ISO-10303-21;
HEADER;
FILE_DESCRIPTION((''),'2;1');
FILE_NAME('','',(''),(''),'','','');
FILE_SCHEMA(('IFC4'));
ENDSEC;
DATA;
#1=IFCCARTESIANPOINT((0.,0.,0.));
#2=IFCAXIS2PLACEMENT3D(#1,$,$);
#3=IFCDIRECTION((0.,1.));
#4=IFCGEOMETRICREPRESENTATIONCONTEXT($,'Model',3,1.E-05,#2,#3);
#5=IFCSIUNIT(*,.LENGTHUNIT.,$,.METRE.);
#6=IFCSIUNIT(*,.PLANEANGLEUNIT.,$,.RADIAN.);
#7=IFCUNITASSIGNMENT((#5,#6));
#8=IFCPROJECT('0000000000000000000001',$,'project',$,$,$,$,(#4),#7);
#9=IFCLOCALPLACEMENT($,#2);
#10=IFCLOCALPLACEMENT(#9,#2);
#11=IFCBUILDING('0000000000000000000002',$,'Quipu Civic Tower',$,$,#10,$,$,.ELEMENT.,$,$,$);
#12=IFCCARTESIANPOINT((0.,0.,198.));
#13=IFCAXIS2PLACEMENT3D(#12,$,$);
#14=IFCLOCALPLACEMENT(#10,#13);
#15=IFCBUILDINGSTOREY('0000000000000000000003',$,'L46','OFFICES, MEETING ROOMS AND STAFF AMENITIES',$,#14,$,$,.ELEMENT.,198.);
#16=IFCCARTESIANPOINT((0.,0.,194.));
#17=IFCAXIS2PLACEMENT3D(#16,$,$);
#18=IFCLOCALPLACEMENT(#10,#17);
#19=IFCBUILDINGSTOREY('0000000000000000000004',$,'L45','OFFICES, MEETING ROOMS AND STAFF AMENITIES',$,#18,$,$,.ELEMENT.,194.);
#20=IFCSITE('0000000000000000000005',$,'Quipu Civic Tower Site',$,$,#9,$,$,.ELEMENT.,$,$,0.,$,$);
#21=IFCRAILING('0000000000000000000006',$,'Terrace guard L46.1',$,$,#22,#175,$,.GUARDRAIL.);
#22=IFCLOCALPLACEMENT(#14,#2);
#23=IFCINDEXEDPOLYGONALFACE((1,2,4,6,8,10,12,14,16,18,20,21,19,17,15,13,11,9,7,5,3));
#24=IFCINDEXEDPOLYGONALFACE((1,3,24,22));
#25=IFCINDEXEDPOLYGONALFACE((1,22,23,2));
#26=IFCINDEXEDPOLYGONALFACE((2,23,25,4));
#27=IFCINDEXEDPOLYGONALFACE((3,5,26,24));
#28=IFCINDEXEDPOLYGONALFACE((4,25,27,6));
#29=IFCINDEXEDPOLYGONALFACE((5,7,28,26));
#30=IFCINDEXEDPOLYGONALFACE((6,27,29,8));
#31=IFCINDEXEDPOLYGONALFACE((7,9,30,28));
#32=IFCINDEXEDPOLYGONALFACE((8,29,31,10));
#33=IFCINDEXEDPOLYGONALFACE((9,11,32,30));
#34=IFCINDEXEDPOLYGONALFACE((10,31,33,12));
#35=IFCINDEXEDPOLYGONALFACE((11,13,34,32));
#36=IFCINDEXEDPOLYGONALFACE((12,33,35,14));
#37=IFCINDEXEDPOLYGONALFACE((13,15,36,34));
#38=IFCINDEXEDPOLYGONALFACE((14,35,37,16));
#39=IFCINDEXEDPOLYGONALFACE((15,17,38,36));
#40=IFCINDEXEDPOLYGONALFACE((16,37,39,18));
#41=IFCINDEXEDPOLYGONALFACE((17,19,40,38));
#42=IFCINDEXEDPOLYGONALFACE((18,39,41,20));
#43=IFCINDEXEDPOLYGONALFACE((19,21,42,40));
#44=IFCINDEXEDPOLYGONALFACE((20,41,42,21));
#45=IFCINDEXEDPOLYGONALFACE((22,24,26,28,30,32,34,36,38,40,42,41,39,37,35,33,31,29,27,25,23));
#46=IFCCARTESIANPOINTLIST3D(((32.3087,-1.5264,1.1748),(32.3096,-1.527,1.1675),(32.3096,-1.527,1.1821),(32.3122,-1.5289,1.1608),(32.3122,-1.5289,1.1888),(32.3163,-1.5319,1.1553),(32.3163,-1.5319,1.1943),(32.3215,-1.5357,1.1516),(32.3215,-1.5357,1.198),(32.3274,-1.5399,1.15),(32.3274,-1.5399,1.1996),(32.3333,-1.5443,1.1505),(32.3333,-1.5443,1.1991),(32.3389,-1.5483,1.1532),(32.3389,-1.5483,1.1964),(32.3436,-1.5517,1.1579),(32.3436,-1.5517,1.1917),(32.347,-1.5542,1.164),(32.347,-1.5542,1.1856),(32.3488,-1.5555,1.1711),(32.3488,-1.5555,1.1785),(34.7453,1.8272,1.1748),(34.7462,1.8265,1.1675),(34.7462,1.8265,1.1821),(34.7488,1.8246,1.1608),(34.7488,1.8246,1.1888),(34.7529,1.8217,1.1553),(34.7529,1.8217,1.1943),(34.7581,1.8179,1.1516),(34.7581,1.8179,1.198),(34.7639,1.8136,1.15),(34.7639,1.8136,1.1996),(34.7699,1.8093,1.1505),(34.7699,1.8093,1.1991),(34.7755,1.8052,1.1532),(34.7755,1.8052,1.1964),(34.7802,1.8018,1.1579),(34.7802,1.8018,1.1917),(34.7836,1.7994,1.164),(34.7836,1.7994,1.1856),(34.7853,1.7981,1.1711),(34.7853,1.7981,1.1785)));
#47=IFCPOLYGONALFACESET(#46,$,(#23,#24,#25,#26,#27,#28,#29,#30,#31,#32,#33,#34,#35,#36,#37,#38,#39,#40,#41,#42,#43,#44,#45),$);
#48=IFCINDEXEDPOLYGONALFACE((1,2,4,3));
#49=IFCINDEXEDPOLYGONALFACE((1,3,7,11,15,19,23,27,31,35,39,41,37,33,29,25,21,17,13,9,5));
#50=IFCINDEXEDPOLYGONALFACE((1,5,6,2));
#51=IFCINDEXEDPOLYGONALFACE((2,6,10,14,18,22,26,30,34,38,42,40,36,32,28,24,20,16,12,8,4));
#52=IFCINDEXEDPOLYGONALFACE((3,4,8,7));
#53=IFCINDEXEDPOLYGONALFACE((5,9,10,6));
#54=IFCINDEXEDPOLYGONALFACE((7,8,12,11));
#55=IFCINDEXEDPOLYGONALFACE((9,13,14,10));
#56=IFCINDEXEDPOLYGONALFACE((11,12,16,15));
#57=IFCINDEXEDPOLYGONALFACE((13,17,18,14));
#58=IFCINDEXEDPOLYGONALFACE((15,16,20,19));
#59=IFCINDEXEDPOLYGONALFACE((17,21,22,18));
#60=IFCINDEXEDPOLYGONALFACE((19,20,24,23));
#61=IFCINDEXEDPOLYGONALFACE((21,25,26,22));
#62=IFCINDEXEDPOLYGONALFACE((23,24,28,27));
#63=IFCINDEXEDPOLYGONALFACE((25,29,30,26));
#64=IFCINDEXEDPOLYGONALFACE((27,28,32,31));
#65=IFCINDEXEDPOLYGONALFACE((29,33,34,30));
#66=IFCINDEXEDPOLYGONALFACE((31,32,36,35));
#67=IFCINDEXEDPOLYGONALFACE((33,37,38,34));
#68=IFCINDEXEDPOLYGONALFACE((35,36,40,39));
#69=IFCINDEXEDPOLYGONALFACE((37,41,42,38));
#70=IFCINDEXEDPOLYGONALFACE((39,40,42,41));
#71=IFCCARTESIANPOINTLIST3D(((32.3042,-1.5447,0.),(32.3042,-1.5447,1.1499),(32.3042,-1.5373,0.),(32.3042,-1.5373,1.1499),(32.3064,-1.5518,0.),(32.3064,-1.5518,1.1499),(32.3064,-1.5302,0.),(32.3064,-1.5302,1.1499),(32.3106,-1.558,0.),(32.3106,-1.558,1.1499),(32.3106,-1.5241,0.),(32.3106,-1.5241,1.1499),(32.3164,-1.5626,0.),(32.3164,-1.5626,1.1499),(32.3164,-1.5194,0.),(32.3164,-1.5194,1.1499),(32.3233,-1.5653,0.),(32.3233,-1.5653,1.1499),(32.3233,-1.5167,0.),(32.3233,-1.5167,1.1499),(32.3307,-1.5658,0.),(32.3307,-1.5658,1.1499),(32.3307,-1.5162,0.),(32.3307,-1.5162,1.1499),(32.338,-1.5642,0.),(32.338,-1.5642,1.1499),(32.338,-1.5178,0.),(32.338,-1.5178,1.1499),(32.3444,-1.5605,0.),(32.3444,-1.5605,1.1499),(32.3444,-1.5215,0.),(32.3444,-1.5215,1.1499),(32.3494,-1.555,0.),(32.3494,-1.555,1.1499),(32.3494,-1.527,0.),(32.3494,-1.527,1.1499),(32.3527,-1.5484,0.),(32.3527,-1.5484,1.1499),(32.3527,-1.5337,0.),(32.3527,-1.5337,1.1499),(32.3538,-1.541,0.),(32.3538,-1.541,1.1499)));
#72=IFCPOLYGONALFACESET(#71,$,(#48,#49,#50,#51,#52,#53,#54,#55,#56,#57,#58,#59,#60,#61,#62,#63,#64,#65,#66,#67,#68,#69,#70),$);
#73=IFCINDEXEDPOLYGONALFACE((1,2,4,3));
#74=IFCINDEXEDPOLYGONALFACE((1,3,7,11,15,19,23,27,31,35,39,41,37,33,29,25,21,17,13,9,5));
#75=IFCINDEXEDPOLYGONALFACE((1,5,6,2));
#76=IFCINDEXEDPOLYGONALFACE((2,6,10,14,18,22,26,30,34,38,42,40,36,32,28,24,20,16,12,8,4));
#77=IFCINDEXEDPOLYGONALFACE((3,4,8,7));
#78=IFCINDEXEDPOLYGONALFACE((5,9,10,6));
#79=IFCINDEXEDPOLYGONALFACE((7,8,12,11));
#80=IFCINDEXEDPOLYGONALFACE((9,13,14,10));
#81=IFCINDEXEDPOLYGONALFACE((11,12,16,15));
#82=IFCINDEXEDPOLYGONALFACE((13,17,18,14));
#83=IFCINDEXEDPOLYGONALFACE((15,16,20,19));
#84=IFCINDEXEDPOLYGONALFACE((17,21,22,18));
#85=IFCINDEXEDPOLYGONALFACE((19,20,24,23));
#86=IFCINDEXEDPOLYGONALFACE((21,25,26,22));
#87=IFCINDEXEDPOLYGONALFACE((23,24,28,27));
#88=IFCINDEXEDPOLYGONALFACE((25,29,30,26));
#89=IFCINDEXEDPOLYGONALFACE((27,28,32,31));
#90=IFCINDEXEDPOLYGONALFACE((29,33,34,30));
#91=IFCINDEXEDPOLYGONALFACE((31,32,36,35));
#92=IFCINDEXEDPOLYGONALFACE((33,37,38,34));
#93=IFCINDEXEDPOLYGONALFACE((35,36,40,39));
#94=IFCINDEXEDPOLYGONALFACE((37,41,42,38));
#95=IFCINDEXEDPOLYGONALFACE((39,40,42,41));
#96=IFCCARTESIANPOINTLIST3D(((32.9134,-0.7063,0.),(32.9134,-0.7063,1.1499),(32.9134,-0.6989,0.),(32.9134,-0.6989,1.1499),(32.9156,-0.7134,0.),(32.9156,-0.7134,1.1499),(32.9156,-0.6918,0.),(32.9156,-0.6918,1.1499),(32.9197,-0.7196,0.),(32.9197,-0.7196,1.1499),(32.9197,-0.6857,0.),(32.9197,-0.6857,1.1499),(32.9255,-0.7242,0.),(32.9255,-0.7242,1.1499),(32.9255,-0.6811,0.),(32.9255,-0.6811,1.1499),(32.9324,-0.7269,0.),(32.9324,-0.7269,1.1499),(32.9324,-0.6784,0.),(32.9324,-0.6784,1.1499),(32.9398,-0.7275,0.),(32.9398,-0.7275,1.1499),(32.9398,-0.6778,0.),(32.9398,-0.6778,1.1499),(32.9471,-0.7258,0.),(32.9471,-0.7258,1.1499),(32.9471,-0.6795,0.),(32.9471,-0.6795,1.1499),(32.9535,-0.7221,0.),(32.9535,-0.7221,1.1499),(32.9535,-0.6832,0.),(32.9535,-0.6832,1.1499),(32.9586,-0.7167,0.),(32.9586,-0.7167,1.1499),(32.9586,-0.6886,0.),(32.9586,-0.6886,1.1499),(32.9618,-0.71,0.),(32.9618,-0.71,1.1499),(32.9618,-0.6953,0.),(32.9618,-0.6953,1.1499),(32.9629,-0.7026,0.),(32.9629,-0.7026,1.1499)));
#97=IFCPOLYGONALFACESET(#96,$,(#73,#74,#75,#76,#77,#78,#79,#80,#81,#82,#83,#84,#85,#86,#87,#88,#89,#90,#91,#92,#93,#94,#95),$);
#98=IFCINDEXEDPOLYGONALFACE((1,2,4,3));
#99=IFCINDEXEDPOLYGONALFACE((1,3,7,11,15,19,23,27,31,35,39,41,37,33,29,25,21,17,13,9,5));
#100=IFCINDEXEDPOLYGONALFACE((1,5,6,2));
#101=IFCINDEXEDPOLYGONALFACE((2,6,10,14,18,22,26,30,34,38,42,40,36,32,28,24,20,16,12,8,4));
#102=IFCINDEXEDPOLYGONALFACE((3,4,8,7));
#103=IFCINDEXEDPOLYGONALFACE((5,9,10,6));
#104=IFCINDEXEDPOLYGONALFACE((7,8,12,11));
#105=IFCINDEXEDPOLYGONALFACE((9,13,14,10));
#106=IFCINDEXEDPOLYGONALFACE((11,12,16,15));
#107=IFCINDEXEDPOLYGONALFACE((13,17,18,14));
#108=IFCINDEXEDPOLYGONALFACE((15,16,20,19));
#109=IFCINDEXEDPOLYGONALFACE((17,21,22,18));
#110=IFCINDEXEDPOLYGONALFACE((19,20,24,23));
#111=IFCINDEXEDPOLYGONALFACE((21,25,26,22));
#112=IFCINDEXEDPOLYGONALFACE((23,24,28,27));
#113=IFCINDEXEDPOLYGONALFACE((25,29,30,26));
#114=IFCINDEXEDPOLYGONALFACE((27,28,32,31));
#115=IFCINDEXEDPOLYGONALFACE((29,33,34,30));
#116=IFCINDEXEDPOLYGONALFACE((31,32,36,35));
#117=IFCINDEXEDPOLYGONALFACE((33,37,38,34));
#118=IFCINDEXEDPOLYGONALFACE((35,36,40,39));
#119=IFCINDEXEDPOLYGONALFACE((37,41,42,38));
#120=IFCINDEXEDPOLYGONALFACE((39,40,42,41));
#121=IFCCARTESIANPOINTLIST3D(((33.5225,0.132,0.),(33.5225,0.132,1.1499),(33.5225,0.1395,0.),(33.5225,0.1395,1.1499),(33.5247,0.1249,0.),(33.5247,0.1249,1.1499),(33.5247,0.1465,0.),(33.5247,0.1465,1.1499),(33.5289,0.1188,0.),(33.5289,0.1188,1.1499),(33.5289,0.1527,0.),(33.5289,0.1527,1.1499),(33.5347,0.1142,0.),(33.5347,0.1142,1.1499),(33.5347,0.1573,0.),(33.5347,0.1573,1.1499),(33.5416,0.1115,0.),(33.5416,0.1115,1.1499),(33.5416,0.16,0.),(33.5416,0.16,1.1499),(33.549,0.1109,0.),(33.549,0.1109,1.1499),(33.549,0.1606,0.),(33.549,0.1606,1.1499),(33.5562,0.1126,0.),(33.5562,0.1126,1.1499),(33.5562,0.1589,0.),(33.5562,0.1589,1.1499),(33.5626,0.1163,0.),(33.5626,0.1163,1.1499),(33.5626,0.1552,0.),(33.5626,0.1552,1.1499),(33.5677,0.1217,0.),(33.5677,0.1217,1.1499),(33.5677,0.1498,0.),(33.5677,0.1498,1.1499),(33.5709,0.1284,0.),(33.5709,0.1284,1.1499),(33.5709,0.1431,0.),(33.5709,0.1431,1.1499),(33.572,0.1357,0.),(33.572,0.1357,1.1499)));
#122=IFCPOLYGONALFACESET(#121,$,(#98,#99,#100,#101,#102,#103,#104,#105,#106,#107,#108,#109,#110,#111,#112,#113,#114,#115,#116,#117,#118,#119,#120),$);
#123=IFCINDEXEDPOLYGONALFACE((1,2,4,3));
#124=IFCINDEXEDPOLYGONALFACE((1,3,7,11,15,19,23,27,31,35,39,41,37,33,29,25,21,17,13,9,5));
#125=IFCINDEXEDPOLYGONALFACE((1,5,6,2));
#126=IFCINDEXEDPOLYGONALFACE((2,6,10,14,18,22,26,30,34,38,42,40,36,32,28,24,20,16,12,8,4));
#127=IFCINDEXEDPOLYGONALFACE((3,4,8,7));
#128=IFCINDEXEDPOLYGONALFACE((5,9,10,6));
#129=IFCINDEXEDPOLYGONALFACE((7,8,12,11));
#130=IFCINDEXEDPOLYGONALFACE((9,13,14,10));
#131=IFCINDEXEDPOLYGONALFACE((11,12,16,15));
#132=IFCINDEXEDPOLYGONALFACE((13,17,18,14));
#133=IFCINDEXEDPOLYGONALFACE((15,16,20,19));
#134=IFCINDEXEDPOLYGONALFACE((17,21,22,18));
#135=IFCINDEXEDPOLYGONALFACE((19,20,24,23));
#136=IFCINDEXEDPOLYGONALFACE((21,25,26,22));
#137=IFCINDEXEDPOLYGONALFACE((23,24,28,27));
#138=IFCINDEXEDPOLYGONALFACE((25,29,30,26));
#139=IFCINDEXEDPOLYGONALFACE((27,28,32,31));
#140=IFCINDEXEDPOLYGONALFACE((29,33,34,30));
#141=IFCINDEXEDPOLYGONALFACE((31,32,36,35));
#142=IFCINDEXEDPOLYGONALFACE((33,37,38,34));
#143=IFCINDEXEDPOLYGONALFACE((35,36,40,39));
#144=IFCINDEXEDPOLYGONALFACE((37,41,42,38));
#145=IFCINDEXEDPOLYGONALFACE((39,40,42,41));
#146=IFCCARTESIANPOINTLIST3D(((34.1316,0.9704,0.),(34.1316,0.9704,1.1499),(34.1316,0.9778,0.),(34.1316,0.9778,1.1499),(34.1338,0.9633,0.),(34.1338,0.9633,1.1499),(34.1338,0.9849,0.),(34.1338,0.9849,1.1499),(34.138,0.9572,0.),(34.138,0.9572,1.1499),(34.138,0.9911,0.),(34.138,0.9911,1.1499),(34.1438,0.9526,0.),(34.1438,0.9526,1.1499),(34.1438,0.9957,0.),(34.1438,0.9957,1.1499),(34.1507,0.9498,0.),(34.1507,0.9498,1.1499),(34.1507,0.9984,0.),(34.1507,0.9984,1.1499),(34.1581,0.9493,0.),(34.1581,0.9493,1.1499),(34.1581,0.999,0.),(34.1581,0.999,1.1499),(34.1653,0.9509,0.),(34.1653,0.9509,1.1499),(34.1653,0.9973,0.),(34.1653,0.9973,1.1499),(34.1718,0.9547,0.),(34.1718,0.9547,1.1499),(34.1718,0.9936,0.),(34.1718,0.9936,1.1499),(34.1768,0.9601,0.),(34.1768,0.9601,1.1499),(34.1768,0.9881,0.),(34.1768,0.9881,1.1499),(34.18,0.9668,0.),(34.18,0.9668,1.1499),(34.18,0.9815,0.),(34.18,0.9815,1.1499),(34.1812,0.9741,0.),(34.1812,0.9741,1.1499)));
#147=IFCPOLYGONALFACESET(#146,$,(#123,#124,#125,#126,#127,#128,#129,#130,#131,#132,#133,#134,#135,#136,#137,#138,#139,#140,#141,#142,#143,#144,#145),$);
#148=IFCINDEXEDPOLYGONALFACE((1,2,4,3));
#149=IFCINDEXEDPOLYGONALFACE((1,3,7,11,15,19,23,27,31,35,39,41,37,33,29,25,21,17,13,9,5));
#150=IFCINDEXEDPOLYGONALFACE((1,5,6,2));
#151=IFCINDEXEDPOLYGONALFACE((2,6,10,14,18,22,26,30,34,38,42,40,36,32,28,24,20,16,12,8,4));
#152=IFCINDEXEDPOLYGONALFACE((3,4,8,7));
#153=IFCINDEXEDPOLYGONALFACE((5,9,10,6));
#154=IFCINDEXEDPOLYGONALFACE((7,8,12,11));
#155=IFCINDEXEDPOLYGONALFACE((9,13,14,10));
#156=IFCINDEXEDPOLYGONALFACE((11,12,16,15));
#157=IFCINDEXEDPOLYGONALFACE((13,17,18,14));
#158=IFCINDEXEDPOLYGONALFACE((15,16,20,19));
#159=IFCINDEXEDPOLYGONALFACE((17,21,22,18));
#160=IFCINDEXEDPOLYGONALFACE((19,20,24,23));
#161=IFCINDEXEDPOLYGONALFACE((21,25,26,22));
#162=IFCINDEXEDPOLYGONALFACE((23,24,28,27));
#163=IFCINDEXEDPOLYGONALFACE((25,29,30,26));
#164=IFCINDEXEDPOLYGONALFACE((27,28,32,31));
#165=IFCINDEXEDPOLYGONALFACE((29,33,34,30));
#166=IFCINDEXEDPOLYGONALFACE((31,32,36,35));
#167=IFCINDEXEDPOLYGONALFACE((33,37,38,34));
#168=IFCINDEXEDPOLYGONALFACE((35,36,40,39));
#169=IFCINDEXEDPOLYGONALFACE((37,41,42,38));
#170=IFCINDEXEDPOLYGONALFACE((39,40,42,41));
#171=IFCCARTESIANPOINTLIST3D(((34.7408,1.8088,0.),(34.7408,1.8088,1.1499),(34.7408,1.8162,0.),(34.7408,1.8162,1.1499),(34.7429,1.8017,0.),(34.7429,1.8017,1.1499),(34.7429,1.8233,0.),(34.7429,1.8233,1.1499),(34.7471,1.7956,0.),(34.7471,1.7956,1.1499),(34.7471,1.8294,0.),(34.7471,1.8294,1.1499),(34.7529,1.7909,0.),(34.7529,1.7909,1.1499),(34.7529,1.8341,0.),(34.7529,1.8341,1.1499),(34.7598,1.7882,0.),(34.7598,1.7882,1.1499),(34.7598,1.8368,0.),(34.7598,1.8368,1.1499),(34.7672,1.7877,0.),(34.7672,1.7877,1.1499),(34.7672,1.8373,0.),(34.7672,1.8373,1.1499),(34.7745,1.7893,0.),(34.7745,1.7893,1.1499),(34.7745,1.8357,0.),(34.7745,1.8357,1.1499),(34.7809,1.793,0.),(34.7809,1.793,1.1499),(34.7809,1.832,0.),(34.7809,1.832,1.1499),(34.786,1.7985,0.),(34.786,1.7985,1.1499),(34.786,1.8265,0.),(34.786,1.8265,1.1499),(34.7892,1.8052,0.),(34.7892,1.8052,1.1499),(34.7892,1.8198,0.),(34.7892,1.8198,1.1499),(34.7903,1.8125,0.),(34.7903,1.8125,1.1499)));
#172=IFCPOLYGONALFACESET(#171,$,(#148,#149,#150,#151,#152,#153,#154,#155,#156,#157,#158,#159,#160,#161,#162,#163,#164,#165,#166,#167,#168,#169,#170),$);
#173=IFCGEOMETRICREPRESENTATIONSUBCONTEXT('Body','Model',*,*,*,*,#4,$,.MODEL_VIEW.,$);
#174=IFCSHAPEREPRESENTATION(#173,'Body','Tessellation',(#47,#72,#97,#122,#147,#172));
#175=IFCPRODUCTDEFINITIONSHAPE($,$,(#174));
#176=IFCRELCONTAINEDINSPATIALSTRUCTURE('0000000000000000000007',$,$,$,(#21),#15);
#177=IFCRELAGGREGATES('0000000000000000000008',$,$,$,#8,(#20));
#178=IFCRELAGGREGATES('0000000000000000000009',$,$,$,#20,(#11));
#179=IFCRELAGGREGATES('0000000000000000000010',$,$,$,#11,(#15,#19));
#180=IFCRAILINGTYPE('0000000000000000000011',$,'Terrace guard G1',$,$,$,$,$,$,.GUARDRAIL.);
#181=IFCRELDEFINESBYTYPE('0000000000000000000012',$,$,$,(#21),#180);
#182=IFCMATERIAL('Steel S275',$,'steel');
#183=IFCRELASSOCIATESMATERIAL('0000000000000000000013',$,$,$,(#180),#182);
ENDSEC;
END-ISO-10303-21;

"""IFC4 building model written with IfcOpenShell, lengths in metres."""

from ifc_helpers import new_model, si_unit, direction, frame, origin, origin_2d, place, context, subcontext, project, spatial, circle, extrude, material, type_object, element, save


model = new_model("IFC4")

# Units and contexts
model_context = context("Model", 3, precision=1e-05, world=origin(), true_north=direction((0.0, 1.0)))
body_context = subcontext(model_context, "Body", "Model", "MODEL_VIEW")
ifc_project = project(units=[si_unit("LENGTHUNIT", "METRE"), si_unit("PLANEANGLEUNIT", "RADIAN")], contexts=[model_context])

# Site, building, storey
site_placement = place(None, origin())
site = spatial("IfcSite", under=ifc_project, at=site_placement, Name="Quipu Civic Tower Site", CompositionType="ELEMENT", RefElevation=0.0)
building_placement = place(site_placement, origin())
building = spatial("IfcBuilding", under=site, at=building_placement, Name="Quipu Civic Tower", CompositionType="ELEMENT")
storey_1_placement = place(building_placement, frame((0.0, 0.0, 198.0)))
storey_1 = spatial("IfcBuildingStorey", under=building, at=storey_1_placement, Name="L46", Description="OFFICES, MEETING ROOMS AND STAFF AMENITIES", CompositionType="ELEMENT", Elevation=198.0)

# Shared definitions
storey_2_placement = place(building_placement, frame((0.0, 0.0, 194.0)))
storey_2 = spatial("IfcBuildingStorey", under=building, at=storey_2_placement, Name="L45", Description="OFFICES, MEETING ROOMS AND STAFF AMENITIES", CompositionType="ELEMENT", Elevation=194.0)

# Railing
ifc_material_1 = material(Name="Steel S275", Category="steel")
railing_type = type_object("IfcRailingType", Name="Terrace guard G1", PredefinedType="GUARDRAIL", material=ifc_material_1)
railing_1_placement = place(storey_1_placement, frame((32.3289, -1.541, 0.0)))
element("IfcRailing", 1, at=railing_1_placement, inside=storey_1, type_object=railing_type, Name="Terrace guard L46.1", PredefinedType="GUARDRAIL", context=body_context, shape_type="SweptSolid", body=[
    extrude(circle(Radius=0.0249, at=origin_2d()), frame((0.0, 0.0, 1.1748), z_axis=(0.587793, 0.809011, 0.0), x_axis=(-0.809011, 0.587793, 0.0)), (0.0, 0.0, 1.0), 4.1453),
    extrude(circle(Radius=0.0249, at=origin_2d()), origin(), (0.0, 0.0, 1.0), 1.1499),
    extrude(circle(Radius=0.0249, at=origin_2d()), frame((0.6091, 0.8384, 0.0)), (0.0, 0.0, 1.0), 1.1499),
    extrude(circle(Radius=0.0249, at=origin_2d()), frame((1.2183, 1.6768, 0.0)), (0.0, 0.0, 1.0), 1.1499),
    extrude(circle(Radius=0.0249, at=origin_2d()), frame((1.8274, 2.5151, 0.0)), (0.0, 0.0, 1.0), 1.1499),
    extrude(circle(Radius=0.0249, at=origin_2d()), frame((2.4365, 3.3535, 0.0)), (0.0, 0.0, 1.0), 1.1499),
])

save(model, "model.ifc")
